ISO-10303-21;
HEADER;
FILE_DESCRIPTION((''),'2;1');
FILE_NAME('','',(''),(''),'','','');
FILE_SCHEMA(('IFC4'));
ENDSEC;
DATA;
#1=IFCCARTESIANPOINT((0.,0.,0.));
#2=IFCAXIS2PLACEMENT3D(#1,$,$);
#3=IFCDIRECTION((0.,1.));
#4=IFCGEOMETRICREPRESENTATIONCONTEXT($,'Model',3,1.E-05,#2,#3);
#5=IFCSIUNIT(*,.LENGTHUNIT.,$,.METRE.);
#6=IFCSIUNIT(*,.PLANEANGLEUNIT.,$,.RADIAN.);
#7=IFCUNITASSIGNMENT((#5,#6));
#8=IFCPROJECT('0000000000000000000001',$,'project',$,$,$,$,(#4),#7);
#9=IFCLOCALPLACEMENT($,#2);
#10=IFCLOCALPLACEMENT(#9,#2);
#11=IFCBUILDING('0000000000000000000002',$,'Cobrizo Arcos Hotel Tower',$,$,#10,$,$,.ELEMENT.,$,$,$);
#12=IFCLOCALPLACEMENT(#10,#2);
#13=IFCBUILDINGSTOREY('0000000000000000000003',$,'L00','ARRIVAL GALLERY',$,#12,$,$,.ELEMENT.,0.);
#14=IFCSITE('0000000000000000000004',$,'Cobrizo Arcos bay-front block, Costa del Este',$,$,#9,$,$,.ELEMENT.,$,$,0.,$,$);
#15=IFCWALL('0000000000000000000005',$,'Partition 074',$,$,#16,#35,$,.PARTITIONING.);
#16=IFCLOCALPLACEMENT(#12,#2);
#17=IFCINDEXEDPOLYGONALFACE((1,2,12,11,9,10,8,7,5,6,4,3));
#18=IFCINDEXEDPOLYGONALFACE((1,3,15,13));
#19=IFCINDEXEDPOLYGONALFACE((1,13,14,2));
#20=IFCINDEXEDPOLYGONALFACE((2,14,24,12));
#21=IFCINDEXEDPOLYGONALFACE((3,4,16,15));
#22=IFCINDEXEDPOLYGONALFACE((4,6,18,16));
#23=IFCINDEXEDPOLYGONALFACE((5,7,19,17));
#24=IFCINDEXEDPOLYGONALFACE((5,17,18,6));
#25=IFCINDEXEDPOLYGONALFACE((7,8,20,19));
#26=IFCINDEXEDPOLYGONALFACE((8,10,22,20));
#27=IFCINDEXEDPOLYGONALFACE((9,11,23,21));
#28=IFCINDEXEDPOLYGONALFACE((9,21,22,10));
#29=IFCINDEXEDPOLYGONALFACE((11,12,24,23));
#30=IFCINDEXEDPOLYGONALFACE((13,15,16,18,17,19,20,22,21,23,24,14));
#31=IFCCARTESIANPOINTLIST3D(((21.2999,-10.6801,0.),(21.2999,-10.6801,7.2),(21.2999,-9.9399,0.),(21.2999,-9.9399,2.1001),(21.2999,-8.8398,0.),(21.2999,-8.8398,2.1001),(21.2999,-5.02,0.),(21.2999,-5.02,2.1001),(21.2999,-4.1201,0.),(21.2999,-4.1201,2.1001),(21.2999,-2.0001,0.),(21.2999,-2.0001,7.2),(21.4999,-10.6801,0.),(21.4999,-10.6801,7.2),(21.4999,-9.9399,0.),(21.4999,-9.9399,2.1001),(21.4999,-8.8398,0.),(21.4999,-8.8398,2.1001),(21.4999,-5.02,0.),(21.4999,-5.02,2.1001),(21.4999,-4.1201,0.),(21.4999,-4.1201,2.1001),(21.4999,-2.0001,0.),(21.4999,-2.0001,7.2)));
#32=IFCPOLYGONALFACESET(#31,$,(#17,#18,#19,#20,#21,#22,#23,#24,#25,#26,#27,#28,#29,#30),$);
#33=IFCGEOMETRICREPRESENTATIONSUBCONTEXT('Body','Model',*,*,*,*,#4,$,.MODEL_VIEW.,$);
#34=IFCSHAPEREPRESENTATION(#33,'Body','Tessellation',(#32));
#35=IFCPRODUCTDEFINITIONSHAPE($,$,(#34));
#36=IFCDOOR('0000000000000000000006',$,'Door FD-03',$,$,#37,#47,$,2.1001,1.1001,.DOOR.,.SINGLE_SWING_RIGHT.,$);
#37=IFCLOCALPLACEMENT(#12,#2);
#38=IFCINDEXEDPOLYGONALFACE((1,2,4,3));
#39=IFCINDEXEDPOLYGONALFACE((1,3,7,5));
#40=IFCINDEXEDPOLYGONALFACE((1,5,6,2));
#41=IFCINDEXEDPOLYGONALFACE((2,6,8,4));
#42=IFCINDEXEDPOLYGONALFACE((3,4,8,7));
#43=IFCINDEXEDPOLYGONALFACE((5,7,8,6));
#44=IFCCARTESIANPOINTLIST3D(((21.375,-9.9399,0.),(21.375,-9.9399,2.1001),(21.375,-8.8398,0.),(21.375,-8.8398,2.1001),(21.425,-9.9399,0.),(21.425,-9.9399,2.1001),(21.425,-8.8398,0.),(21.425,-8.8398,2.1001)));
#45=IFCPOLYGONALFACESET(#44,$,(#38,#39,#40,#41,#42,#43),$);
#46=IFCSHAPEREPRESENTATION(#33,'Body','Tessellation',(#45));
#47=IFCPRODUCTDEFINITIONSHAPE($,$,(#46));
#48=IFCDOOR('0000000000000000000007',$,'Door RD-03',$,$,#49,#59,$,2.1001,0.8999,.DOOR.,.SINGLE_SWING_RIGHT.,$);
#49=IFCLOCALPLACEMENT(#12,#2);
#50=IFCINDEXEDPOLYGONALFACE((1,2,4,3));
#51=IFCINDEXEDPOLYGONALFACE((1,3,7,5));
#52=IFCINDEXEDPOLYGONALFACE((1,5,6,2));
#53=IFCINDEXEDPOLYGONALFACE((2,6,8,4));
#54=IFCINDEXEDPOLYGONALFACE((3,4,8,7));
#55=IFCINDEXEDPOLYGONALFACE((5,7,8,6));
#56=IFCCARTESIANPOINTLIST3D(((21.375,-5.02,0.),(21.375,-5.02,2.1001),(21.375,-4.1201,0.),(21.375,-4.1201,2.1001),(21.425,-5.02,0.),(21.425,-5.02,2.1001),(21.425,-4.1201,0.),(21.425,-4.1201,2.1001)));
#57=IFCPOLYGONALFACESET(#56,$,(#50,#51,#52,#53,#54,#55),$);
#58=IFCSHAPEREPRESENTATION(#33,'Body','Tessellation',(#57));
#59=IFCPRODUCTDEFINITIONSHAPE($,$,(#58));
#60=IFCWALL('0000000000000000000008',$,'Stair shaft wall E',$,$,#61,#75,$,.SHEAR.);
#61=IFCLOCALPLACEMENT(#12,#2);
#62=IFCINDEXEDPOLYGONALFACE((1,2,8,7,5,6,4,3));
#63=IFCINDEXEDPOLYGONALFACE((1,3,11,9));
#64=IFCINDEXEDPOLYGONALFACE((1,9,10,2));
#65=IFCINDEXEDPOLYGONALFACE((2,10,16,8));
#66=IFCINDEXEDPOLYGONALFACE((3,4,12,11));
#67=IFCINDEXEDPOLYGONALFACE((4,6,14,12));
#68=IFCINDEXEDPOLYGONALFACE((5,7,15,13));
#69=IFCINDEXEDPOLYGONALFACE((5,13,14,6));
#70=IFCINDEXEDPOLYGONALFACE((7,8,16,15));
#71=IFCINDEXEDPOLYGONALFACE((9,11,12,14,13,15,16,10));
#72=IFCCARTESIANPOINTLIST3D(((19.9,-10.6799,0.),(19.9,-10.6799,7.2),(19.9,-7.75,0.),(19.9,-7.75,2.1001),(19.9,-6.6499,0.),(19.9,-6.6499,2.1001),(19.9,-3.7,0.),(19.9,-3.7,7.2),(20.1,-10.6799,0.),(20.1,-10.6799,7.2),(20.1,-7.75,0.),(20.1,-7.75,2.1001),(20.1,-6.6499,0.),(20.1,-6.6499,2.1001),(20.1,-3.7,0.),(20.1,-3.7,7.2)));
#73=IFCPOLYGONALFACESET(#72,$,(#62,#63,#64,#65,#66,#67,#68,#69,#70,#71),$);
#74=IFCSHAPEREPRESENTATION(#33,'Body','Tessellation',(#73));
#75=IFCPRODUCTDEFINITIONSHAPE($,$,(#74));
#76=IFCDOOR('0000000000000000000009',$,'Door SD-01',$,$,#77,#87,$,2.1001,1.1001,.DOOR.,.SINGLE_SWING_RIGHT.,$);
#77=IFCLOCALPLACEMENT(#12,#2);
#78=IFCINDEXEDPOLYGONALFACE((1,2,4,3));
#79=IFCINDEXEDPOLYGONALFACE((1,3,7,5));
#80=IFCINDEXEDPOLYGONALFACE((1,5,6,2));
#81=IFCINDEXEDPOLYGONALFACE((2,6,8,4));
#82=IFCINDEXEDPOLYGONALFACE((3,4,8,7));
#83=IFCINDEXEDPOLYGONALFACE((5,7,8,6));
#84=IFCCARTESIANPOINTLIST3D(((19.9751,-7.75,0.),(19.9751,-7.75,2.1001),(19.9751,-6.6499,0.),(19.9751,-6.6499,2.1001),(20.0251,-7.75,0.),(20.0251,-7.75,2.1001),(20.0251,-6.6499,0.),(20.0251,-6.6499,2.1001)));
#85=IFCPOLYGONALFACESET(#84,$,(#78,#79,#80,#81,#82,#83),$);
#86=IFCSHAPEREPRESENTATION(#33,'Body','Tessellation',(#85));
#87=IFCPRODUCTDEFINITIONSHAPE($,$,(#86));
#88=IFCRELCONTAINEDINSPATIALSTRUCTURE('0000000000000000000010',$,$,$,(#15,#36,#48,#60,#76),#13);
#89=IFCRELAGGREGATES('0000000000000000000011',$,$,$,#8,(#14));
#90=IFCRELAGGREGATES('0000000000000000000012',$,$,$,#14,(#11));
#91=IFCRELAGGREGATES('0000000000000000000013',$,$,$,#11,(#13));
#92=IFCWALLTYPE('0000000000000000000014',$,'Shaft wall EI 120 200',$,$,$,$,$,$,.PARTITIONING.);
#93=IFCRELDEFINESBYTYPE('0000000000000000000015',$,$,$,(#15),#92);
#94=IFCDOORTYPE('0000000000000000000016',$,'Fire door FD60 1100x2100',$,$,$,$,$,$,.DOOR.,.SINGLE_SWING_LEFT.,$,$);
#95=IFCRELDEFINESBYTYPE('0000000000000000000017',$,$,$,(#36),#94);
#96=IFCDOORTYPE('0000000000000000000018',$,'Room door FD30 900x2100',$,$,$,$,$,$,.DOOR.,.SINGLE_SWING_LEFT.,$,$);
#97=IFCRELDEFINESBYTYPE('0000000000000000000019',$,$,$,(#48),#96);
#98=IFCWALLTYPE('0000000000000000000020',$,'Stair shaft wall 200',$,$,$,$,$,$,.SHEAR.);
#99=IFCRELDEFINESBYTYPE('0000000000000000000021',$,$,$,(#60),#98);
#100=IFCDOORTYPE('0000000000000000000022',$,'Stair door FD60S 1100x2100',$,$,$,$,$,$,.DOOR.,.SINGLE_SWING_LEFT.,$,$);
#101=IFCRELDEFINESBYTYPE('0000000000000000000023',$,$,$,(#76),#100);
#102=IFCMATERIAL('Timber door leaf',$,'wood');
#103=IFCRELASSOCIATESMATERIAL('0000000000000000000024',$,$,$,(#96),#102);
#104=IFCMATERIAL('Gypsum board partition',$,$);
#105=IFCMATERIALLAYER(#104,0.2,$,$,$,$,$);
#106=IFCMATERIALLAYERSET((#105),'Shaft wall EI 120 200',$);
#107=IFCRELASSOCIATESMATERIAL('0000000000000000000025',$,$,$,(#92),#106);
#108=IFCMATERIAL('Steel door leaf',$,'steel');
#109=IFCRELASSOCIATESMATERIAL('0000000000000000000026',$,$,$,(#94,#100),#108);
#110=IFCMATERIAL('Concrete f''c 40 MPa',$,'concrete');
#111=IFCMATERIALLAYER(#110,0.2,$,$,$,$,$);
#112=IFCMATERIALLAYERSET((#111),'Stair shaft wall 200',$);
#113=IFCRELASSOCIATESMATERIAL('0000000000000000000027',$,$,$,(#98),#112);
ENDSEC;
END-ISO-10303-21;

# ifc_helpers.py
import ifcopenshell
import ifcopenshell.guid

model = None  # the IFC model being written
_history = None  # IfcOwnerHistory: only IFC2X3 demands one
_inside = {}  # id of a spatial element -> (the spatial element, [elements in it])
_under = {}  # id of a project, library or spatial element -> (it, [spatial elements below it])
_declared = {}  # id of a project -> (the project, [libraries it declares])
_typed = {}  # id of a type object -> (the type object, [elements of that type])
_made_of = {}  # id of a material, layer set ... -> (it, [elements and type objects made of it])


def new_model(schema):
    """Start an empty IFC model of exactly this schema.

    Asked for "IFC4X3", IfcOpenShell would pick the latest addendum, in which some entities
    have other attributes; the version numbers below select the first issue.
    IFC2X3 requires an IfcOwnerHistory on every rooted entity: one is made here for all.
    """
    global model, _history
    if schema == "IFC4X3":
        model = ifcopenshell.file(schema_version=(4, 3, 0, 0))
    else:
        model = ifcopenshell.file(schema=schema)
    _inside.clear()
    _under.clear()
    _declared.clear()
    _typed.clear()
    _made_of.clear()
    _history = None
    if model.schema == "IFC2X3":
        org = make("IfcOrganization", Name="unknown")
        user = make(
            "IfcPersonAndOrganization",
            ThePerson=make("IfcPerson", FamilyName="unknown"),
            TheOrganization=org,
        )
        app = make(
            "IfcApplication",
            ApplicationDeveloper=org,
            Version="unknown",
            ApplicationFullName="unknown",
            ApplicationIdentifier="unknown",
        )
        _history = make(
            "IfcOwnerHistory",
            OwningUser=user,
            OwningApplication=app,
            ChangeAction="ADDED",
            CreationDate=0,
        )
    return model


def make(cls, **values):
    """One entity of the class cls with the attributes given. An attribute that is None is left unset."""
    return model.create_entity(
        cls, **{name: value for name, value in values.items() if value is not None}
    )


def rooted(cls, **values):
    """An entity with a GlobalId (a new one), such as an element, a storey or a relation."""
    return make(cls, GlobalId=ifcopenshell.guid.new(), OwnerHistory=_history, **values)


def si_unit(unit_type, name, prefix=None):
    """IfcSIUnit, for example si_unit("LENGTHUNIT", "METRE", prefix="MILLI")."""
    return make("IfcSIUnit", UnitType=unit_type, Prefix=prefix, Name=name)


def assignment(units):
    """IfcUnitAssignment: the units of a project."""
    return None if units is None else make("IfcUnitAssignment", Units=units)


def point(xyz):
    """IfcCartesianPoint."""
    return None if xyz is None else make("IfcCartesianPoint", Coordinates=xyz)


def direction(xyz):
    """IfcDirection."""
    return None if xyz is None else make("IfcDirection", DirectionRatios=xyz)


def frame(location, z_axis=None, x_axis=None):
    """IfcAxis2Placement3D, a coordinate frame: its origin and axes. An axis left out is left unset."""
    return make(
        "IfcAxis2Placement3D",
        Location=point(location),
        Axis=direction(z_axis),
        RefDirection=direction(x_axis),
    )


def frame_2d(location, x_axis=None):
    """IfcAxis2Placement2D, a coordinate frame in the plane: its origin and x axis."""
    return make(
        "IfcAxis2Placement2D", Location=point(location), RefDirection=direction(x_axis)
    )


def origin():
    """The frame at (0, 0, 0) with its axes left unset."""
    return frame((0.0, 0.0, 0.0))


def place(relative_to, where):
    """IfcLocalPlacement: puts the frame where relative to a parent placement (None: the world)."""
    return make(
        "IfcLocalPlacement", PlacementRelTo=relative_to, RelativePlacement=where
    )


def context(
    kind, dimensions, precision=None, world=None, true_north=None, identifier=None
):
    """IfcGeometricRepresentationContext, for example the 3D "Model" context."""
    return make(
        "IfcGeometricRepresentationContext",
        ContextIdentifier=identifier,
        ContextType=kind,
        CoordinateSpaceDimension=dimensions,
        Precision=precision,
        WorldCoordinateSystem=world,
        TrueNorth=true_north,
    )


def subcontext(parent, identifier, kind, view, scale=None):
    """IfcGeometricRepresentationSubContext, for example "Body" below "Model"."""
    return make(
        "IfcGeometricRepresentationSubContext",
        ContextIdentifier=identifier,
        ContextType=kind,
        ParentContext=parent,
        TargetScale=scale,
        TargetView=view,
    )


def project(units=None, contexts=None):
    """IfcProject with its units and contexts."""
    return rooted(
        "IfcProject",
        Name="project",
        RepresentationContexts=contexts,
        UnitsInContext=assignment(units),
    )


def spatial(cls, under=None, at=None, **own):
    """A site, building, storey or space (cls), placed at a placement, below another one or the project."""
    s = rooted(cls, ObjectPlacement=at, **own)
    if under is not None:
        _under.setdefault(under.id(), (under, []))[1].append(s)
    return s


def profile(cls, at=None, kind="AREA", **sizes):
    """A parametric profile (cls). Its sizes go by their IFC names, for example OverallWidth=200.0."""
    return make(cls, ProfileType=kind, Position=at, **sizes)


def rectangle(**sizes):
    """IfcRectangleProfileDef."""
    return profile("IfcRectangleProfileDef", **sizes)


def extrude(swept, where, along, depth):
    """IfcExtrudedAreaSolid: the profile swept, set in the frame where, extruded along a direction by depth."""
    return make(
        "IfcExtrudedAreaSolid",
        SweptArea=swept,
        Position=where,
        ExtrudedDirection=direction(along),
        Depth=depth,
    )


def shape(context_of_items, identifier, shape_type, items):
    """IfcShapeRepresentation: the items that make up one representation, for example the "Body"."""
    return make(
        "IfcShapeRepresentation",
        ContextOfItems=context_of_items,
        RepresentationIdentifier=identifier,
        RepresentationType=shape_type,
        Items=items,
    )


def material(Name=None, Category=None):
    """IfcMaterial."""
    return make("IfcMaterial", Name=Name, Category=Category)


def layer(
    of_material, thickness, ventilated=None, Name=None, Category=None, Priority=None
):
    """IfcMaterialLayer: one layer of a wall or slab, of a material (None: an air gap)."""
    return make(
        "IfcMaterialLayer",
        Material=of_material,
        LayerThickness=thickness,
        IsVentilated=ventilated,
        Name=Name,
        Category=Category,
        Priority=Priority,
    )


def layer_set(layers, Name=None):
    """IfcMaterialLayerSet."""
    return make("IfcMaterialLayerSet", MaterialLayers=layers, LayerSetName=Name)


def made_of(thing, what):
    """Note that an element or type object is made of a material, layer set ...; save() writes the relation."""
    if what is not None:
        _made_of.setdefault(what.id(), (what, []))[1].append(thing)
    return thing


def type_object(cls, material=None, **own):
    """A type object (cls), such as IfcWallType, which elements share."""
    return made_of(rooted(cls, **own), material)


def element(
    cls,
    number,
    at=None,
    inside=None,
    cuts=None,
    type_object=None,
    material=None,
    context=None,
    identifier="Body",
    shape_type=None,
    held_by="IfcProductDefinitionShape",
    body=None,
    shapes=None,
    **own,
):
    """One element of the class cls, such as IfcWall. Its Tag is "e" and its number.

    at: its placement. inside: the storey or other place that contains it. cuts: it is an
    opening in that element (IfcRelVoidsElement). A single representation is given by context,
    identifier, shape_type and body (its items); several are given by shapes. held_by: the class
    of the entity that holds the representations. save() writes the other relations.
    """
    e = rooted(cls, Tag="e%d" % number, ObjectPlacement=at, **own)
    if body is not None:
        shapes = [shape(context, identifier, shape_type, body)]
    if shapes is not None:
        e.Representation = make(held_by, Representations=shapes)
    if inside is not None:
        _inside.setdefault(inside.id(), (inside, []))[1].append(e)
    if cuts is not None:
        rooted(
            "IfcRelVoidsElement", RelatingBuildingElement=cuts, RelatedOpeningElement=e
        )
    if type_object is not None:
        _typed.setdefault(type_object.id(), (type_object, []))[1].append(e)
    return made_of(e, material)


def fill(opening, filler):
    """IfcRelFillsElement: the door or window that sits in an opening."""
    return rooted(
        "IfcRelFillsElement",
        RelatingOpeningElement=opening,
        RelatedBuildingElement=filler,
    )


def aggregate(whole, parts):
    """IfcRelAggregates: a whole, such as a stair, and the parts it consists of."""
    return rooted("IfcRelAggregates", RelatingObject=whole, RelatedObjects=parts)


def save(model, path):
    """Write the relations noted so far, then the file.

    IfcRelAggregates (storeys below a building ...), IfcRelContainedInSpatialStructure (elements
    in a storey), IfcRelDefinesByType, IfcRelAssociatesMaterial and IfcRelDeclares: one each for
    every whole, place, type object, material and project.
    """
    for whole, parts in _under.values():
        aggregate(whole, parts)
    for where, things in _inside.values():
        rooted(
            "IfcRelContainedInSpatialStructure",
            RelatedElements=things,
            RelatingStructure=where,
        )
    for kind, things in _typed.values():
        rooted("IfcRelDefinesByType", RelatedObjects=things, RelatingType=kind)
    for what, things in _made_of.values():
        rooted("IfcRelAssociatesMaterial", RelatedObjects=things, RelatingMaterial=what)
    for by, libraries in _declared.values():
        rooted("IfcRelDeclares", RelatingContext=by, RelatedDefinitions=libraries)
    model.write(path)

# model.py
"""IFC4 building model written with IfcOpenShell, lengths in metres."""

from ifc_helpers import new_model, si_unit, direction, frame, frame_2d, origin, place, context, subcontext, project, spatial, rectangle, extrude, material, layer, layer_set, type_object, element, fill, save


model = new_model("IFC4")

# Units and contexts
model_context = context("Model", 3, precision=1e-05, world=origin(), true_north=direction((0.0, 1.0)))
body_context = subcontext(model_context, "Body", "Model", "MODEL_VIEW")
ifc_project = project(units=[si_unit("LENGTHUNIT", "METRE"), si_unit("PLANEANGLEUNIT", "RADIAN")], contexts=[model_context])

# Site, building, storey
site_placement = place(None, origin())
site = spatial("IfcSite", under=ifc_project, at=site_placement, Name="Cobrizo Arcos bay-front block, Costa del Este", CompositionType="ELEMENT", RefElevation=0.0)
building_placement = place(site_placement, origin())
building = spatial("IfcBuilding", under=site, at=building_placement, Name="Cobrizo Arcos Hotel Tower", CompositionType="ELEMENT")
storey_placement = place(building_placement, origin())
storey = spatial("IfcBuildingStorey", under=building, at=storey_placement, Name="L00", Description="ARRIVAL GALLERY", CompositionType="ELEMENT", Elevation=0.0)

# Shared definitions
ifc_material_1 = material(Name="Gypsum board partition")

# Shared definitions
ifc_material_2 = material(Name="Timber door leaf", Category="wood")
door_type_1 = type_object("IfcDoorType", Name="Room door FD30 900x2100", OperationType="SINGLE_SWING_LEFT", PredefinedType="DOOR", material=ifc_material_2)

# Wall, openings, doors
ifc_layer_1 = layer(ifc_material_1, 0.2)
ifc_layer_set_1 = layer_set([ifc_layer_1], Name="Shaft wall EI 120 200")
wall_type_1 = type_object("IfcWallType", Name="Shaft wall EI 120 200", PredefinedType="PARTITIONING", material=ifc_layer_set_1)
wall_1_placement = place(storey_placement, frame((21.3999, -10.6799, 0.0), z_axis=(0.0, 0.0, 1.0), x_axis=(0.0, 1.0, 0.0)))
wall_1 = element("IfcWall", 1, at=wall_1_placement, inside=storey, type_object=wall_type_1, Name="Partition 074", PredefinedType="PARTITIONING", context=body_context, shape_type="SweptSolid", body=[
    extrude(rectangle(XDim=8.6799, YDim=0.2, at=frame_2d((4.3398, 0.0))), origin(), (0.0, 0.0, 1.0), 7.2),
])
opening_1_placement = place(wall_1_placement, frame((5.6599, 0.0, 0.0)))
opening_1 = element("IfcOpeningElement", 2, at=opening_1_placement, cuts=wall_1, PredefinedType="OPENING", context=body_context, shape_type="SweptSolid", body=[
    extrude(rectangle(XDim=0.8999, YDim=2.1001, at=frame_2d((0.45, 1.05))), frame((0.0, 0.1121, 0.0), z_axis=(0.0, -1.0, 0.0), x_axis=(1.0, 0.0, 0.0)), (0.0, 0.0, 1.0), 0.2239),
])
opening_2_placement = place(wall_1_placement, frame((0.74, 0.0, 0.0)))
opening_2 = element("IfcOpeningElement", 3, at=opening_2_placement, cuts=wall_1, PredefinedType="OPENING", context=body_context, shape_type="SweptSolid", body=[
    extrude(rectangle(XDim=1.1001, YDim=2.1001, at=frame_2d((0.55, 1.05))), frame((0.0, 0.1121, 0.0), z_axis=(0.0, -1.0, 0.0), x_axis=(1.0, 0.0, 0.0)), (0.0, 0.0, 1.0), 0.2239),
])
ifc_material_3 = material(Name="Steel door leaf", Category="steel")
door_type_2 = type_object("IfcDoorType", Name="Fire door FD60 1100x2100", OperationType="SINGLE_SWING_LEFT", PredefinedType="DOOR", material=ifc_material_3)
door_1_placement = place(opening_2_placement, origin())
door_1 = element("IfcDoor", 4, at=door_1_placement, inside=storey, type_object=door_type_2, Name="Door FD-03", OperationType="SINGLE_SWING_RIGHT", OverallHeight=2.1001, OverallWidth=1.1001, PredefinedType="DOOR", context=body_context, shape_type="SweptSolid", body=[
    extrude(rectangle(XDim=1.1001, YDim=2.1001, at=frame_2d((0.55, 1.05))), frame((0.0, 0.0249, 0.0), z_axis=(0.0, -1.0, 0.0), x_axis=(1.0, 0.0, 0.0)), (0.0, 0.0, 1.0), 0.05),
])
fill(opening_2, door_1)
door_2_placement = place(opening_1_placement, origin())
door_2 = element("IfcDoor", 5, at=door_2_placement, inside=storey, type_object=door_type_1, Name="Door RD-03", OperationType="SINGLE_SWING_RIGHT", OverallHeight=2.1001, OverallWidth=0.8999, PredefinedType="DOOR", context=body_context, shape_type="SweptSolid", body=[
    extrude(rectangle(XDim=0.8999, YDim=2.1001, at=frame_2d((0.45, 1.05))), frame((0.0, 0.0249, 0.0), z_axis=(0.0, -1.0, 0.0), x_axis=(1.0, 0.0, 0.0)), (0.0, 0.0, 1.0), 0.05),
])
fill(opening_1, door_2)

# Wall, opening, door
ifc_material_4 = material(Name="Concrete f'c 40 MPa", Category="concrete")
ifc_layer_2 = layer(ifc_material_4, 0.2)
ifc_layer_set_2 = layer_set([ifc_layer_2], Name="Stair shaft wall 200")
wall_type_2 = type_object("IfcWallType", Name="Stair shaft wall 200", PredefinedType="SHEAR", material=ifc_layer_set_2)
wall_2_placement = place(storey_placement, frame((20.0, -10.6799, 0.0), z_axis=(0.0, 0.0, 1.0), x_axis=(0.0, 1.0, 0.0)))
wall_2 = element("IfcWall", 6, at=wall_2_placement, inside=storey, type_object=wall_type_2, Name="Stair shaft wall E", PredefinedType="SHEAR", context=body_context, shape_type="SweptSolid", body=[
    extrude(rectangle(XDim=6.98, YDim=0.2, at=frame_2d((3.49, 0.0))), origin(), (0.0, 0.0, 1.0), 7.2),
])
opening_3_placement = place(wall_2_placement, frame((2.9299, 0.0, 0.0)))
opening_3 = element("IfcOpeningElement", 7, at=opening_3_placement, cuts=wall_2, PredefinedType="OPENING", context=body_context, shape_type="SweptSolid", body=[
    extrude(rectangle(XDim=1.1001, YDim=2.1001, at=frame_2d((0.55, 1.05))), frame((0.0, 0.1121, 0.0), z_axis=(0.0, -1.0, 0.0), x_axis=(1.0, 0.0, 0.0)), (0.0, 0.0, 1.0), 0.2239),
])
door_type_3 = type_object("IfcDoorType", Name="Stair door FD60S 1100x2100", OperationType="SINGLE_SWING_LEFT", PredefinedType="DOOR", material=ifc_material_3)
door_3_placement = place(opening_3_placement, origin())
door_3 = element("IfcDoor", 8, at=door_3_placement, inside=storey, type_object=door_type_3, Name="Door SD-01", OperationType="SINGLE_SWING_RIGHT", OverallHeight=2.1001, OverallWidth=1.1001, PredefinedType="DOOR", context=body_context, shape_type="SweptSolid", body=[
    extrude(rectangle(XDim=1.1001, YDim=2.1001, at=frame_2d((0.55, 1.05))), frame((0.0, 0.0249, 0.0), z_axis=(0.0, -1.0, 0.0), x_axis=(1.0, 0.0, 0.0)), (0.0, 0.0, 1.0), 0.05),
])
fill(opening_3, door_3)

save(model, "model.ifc")
